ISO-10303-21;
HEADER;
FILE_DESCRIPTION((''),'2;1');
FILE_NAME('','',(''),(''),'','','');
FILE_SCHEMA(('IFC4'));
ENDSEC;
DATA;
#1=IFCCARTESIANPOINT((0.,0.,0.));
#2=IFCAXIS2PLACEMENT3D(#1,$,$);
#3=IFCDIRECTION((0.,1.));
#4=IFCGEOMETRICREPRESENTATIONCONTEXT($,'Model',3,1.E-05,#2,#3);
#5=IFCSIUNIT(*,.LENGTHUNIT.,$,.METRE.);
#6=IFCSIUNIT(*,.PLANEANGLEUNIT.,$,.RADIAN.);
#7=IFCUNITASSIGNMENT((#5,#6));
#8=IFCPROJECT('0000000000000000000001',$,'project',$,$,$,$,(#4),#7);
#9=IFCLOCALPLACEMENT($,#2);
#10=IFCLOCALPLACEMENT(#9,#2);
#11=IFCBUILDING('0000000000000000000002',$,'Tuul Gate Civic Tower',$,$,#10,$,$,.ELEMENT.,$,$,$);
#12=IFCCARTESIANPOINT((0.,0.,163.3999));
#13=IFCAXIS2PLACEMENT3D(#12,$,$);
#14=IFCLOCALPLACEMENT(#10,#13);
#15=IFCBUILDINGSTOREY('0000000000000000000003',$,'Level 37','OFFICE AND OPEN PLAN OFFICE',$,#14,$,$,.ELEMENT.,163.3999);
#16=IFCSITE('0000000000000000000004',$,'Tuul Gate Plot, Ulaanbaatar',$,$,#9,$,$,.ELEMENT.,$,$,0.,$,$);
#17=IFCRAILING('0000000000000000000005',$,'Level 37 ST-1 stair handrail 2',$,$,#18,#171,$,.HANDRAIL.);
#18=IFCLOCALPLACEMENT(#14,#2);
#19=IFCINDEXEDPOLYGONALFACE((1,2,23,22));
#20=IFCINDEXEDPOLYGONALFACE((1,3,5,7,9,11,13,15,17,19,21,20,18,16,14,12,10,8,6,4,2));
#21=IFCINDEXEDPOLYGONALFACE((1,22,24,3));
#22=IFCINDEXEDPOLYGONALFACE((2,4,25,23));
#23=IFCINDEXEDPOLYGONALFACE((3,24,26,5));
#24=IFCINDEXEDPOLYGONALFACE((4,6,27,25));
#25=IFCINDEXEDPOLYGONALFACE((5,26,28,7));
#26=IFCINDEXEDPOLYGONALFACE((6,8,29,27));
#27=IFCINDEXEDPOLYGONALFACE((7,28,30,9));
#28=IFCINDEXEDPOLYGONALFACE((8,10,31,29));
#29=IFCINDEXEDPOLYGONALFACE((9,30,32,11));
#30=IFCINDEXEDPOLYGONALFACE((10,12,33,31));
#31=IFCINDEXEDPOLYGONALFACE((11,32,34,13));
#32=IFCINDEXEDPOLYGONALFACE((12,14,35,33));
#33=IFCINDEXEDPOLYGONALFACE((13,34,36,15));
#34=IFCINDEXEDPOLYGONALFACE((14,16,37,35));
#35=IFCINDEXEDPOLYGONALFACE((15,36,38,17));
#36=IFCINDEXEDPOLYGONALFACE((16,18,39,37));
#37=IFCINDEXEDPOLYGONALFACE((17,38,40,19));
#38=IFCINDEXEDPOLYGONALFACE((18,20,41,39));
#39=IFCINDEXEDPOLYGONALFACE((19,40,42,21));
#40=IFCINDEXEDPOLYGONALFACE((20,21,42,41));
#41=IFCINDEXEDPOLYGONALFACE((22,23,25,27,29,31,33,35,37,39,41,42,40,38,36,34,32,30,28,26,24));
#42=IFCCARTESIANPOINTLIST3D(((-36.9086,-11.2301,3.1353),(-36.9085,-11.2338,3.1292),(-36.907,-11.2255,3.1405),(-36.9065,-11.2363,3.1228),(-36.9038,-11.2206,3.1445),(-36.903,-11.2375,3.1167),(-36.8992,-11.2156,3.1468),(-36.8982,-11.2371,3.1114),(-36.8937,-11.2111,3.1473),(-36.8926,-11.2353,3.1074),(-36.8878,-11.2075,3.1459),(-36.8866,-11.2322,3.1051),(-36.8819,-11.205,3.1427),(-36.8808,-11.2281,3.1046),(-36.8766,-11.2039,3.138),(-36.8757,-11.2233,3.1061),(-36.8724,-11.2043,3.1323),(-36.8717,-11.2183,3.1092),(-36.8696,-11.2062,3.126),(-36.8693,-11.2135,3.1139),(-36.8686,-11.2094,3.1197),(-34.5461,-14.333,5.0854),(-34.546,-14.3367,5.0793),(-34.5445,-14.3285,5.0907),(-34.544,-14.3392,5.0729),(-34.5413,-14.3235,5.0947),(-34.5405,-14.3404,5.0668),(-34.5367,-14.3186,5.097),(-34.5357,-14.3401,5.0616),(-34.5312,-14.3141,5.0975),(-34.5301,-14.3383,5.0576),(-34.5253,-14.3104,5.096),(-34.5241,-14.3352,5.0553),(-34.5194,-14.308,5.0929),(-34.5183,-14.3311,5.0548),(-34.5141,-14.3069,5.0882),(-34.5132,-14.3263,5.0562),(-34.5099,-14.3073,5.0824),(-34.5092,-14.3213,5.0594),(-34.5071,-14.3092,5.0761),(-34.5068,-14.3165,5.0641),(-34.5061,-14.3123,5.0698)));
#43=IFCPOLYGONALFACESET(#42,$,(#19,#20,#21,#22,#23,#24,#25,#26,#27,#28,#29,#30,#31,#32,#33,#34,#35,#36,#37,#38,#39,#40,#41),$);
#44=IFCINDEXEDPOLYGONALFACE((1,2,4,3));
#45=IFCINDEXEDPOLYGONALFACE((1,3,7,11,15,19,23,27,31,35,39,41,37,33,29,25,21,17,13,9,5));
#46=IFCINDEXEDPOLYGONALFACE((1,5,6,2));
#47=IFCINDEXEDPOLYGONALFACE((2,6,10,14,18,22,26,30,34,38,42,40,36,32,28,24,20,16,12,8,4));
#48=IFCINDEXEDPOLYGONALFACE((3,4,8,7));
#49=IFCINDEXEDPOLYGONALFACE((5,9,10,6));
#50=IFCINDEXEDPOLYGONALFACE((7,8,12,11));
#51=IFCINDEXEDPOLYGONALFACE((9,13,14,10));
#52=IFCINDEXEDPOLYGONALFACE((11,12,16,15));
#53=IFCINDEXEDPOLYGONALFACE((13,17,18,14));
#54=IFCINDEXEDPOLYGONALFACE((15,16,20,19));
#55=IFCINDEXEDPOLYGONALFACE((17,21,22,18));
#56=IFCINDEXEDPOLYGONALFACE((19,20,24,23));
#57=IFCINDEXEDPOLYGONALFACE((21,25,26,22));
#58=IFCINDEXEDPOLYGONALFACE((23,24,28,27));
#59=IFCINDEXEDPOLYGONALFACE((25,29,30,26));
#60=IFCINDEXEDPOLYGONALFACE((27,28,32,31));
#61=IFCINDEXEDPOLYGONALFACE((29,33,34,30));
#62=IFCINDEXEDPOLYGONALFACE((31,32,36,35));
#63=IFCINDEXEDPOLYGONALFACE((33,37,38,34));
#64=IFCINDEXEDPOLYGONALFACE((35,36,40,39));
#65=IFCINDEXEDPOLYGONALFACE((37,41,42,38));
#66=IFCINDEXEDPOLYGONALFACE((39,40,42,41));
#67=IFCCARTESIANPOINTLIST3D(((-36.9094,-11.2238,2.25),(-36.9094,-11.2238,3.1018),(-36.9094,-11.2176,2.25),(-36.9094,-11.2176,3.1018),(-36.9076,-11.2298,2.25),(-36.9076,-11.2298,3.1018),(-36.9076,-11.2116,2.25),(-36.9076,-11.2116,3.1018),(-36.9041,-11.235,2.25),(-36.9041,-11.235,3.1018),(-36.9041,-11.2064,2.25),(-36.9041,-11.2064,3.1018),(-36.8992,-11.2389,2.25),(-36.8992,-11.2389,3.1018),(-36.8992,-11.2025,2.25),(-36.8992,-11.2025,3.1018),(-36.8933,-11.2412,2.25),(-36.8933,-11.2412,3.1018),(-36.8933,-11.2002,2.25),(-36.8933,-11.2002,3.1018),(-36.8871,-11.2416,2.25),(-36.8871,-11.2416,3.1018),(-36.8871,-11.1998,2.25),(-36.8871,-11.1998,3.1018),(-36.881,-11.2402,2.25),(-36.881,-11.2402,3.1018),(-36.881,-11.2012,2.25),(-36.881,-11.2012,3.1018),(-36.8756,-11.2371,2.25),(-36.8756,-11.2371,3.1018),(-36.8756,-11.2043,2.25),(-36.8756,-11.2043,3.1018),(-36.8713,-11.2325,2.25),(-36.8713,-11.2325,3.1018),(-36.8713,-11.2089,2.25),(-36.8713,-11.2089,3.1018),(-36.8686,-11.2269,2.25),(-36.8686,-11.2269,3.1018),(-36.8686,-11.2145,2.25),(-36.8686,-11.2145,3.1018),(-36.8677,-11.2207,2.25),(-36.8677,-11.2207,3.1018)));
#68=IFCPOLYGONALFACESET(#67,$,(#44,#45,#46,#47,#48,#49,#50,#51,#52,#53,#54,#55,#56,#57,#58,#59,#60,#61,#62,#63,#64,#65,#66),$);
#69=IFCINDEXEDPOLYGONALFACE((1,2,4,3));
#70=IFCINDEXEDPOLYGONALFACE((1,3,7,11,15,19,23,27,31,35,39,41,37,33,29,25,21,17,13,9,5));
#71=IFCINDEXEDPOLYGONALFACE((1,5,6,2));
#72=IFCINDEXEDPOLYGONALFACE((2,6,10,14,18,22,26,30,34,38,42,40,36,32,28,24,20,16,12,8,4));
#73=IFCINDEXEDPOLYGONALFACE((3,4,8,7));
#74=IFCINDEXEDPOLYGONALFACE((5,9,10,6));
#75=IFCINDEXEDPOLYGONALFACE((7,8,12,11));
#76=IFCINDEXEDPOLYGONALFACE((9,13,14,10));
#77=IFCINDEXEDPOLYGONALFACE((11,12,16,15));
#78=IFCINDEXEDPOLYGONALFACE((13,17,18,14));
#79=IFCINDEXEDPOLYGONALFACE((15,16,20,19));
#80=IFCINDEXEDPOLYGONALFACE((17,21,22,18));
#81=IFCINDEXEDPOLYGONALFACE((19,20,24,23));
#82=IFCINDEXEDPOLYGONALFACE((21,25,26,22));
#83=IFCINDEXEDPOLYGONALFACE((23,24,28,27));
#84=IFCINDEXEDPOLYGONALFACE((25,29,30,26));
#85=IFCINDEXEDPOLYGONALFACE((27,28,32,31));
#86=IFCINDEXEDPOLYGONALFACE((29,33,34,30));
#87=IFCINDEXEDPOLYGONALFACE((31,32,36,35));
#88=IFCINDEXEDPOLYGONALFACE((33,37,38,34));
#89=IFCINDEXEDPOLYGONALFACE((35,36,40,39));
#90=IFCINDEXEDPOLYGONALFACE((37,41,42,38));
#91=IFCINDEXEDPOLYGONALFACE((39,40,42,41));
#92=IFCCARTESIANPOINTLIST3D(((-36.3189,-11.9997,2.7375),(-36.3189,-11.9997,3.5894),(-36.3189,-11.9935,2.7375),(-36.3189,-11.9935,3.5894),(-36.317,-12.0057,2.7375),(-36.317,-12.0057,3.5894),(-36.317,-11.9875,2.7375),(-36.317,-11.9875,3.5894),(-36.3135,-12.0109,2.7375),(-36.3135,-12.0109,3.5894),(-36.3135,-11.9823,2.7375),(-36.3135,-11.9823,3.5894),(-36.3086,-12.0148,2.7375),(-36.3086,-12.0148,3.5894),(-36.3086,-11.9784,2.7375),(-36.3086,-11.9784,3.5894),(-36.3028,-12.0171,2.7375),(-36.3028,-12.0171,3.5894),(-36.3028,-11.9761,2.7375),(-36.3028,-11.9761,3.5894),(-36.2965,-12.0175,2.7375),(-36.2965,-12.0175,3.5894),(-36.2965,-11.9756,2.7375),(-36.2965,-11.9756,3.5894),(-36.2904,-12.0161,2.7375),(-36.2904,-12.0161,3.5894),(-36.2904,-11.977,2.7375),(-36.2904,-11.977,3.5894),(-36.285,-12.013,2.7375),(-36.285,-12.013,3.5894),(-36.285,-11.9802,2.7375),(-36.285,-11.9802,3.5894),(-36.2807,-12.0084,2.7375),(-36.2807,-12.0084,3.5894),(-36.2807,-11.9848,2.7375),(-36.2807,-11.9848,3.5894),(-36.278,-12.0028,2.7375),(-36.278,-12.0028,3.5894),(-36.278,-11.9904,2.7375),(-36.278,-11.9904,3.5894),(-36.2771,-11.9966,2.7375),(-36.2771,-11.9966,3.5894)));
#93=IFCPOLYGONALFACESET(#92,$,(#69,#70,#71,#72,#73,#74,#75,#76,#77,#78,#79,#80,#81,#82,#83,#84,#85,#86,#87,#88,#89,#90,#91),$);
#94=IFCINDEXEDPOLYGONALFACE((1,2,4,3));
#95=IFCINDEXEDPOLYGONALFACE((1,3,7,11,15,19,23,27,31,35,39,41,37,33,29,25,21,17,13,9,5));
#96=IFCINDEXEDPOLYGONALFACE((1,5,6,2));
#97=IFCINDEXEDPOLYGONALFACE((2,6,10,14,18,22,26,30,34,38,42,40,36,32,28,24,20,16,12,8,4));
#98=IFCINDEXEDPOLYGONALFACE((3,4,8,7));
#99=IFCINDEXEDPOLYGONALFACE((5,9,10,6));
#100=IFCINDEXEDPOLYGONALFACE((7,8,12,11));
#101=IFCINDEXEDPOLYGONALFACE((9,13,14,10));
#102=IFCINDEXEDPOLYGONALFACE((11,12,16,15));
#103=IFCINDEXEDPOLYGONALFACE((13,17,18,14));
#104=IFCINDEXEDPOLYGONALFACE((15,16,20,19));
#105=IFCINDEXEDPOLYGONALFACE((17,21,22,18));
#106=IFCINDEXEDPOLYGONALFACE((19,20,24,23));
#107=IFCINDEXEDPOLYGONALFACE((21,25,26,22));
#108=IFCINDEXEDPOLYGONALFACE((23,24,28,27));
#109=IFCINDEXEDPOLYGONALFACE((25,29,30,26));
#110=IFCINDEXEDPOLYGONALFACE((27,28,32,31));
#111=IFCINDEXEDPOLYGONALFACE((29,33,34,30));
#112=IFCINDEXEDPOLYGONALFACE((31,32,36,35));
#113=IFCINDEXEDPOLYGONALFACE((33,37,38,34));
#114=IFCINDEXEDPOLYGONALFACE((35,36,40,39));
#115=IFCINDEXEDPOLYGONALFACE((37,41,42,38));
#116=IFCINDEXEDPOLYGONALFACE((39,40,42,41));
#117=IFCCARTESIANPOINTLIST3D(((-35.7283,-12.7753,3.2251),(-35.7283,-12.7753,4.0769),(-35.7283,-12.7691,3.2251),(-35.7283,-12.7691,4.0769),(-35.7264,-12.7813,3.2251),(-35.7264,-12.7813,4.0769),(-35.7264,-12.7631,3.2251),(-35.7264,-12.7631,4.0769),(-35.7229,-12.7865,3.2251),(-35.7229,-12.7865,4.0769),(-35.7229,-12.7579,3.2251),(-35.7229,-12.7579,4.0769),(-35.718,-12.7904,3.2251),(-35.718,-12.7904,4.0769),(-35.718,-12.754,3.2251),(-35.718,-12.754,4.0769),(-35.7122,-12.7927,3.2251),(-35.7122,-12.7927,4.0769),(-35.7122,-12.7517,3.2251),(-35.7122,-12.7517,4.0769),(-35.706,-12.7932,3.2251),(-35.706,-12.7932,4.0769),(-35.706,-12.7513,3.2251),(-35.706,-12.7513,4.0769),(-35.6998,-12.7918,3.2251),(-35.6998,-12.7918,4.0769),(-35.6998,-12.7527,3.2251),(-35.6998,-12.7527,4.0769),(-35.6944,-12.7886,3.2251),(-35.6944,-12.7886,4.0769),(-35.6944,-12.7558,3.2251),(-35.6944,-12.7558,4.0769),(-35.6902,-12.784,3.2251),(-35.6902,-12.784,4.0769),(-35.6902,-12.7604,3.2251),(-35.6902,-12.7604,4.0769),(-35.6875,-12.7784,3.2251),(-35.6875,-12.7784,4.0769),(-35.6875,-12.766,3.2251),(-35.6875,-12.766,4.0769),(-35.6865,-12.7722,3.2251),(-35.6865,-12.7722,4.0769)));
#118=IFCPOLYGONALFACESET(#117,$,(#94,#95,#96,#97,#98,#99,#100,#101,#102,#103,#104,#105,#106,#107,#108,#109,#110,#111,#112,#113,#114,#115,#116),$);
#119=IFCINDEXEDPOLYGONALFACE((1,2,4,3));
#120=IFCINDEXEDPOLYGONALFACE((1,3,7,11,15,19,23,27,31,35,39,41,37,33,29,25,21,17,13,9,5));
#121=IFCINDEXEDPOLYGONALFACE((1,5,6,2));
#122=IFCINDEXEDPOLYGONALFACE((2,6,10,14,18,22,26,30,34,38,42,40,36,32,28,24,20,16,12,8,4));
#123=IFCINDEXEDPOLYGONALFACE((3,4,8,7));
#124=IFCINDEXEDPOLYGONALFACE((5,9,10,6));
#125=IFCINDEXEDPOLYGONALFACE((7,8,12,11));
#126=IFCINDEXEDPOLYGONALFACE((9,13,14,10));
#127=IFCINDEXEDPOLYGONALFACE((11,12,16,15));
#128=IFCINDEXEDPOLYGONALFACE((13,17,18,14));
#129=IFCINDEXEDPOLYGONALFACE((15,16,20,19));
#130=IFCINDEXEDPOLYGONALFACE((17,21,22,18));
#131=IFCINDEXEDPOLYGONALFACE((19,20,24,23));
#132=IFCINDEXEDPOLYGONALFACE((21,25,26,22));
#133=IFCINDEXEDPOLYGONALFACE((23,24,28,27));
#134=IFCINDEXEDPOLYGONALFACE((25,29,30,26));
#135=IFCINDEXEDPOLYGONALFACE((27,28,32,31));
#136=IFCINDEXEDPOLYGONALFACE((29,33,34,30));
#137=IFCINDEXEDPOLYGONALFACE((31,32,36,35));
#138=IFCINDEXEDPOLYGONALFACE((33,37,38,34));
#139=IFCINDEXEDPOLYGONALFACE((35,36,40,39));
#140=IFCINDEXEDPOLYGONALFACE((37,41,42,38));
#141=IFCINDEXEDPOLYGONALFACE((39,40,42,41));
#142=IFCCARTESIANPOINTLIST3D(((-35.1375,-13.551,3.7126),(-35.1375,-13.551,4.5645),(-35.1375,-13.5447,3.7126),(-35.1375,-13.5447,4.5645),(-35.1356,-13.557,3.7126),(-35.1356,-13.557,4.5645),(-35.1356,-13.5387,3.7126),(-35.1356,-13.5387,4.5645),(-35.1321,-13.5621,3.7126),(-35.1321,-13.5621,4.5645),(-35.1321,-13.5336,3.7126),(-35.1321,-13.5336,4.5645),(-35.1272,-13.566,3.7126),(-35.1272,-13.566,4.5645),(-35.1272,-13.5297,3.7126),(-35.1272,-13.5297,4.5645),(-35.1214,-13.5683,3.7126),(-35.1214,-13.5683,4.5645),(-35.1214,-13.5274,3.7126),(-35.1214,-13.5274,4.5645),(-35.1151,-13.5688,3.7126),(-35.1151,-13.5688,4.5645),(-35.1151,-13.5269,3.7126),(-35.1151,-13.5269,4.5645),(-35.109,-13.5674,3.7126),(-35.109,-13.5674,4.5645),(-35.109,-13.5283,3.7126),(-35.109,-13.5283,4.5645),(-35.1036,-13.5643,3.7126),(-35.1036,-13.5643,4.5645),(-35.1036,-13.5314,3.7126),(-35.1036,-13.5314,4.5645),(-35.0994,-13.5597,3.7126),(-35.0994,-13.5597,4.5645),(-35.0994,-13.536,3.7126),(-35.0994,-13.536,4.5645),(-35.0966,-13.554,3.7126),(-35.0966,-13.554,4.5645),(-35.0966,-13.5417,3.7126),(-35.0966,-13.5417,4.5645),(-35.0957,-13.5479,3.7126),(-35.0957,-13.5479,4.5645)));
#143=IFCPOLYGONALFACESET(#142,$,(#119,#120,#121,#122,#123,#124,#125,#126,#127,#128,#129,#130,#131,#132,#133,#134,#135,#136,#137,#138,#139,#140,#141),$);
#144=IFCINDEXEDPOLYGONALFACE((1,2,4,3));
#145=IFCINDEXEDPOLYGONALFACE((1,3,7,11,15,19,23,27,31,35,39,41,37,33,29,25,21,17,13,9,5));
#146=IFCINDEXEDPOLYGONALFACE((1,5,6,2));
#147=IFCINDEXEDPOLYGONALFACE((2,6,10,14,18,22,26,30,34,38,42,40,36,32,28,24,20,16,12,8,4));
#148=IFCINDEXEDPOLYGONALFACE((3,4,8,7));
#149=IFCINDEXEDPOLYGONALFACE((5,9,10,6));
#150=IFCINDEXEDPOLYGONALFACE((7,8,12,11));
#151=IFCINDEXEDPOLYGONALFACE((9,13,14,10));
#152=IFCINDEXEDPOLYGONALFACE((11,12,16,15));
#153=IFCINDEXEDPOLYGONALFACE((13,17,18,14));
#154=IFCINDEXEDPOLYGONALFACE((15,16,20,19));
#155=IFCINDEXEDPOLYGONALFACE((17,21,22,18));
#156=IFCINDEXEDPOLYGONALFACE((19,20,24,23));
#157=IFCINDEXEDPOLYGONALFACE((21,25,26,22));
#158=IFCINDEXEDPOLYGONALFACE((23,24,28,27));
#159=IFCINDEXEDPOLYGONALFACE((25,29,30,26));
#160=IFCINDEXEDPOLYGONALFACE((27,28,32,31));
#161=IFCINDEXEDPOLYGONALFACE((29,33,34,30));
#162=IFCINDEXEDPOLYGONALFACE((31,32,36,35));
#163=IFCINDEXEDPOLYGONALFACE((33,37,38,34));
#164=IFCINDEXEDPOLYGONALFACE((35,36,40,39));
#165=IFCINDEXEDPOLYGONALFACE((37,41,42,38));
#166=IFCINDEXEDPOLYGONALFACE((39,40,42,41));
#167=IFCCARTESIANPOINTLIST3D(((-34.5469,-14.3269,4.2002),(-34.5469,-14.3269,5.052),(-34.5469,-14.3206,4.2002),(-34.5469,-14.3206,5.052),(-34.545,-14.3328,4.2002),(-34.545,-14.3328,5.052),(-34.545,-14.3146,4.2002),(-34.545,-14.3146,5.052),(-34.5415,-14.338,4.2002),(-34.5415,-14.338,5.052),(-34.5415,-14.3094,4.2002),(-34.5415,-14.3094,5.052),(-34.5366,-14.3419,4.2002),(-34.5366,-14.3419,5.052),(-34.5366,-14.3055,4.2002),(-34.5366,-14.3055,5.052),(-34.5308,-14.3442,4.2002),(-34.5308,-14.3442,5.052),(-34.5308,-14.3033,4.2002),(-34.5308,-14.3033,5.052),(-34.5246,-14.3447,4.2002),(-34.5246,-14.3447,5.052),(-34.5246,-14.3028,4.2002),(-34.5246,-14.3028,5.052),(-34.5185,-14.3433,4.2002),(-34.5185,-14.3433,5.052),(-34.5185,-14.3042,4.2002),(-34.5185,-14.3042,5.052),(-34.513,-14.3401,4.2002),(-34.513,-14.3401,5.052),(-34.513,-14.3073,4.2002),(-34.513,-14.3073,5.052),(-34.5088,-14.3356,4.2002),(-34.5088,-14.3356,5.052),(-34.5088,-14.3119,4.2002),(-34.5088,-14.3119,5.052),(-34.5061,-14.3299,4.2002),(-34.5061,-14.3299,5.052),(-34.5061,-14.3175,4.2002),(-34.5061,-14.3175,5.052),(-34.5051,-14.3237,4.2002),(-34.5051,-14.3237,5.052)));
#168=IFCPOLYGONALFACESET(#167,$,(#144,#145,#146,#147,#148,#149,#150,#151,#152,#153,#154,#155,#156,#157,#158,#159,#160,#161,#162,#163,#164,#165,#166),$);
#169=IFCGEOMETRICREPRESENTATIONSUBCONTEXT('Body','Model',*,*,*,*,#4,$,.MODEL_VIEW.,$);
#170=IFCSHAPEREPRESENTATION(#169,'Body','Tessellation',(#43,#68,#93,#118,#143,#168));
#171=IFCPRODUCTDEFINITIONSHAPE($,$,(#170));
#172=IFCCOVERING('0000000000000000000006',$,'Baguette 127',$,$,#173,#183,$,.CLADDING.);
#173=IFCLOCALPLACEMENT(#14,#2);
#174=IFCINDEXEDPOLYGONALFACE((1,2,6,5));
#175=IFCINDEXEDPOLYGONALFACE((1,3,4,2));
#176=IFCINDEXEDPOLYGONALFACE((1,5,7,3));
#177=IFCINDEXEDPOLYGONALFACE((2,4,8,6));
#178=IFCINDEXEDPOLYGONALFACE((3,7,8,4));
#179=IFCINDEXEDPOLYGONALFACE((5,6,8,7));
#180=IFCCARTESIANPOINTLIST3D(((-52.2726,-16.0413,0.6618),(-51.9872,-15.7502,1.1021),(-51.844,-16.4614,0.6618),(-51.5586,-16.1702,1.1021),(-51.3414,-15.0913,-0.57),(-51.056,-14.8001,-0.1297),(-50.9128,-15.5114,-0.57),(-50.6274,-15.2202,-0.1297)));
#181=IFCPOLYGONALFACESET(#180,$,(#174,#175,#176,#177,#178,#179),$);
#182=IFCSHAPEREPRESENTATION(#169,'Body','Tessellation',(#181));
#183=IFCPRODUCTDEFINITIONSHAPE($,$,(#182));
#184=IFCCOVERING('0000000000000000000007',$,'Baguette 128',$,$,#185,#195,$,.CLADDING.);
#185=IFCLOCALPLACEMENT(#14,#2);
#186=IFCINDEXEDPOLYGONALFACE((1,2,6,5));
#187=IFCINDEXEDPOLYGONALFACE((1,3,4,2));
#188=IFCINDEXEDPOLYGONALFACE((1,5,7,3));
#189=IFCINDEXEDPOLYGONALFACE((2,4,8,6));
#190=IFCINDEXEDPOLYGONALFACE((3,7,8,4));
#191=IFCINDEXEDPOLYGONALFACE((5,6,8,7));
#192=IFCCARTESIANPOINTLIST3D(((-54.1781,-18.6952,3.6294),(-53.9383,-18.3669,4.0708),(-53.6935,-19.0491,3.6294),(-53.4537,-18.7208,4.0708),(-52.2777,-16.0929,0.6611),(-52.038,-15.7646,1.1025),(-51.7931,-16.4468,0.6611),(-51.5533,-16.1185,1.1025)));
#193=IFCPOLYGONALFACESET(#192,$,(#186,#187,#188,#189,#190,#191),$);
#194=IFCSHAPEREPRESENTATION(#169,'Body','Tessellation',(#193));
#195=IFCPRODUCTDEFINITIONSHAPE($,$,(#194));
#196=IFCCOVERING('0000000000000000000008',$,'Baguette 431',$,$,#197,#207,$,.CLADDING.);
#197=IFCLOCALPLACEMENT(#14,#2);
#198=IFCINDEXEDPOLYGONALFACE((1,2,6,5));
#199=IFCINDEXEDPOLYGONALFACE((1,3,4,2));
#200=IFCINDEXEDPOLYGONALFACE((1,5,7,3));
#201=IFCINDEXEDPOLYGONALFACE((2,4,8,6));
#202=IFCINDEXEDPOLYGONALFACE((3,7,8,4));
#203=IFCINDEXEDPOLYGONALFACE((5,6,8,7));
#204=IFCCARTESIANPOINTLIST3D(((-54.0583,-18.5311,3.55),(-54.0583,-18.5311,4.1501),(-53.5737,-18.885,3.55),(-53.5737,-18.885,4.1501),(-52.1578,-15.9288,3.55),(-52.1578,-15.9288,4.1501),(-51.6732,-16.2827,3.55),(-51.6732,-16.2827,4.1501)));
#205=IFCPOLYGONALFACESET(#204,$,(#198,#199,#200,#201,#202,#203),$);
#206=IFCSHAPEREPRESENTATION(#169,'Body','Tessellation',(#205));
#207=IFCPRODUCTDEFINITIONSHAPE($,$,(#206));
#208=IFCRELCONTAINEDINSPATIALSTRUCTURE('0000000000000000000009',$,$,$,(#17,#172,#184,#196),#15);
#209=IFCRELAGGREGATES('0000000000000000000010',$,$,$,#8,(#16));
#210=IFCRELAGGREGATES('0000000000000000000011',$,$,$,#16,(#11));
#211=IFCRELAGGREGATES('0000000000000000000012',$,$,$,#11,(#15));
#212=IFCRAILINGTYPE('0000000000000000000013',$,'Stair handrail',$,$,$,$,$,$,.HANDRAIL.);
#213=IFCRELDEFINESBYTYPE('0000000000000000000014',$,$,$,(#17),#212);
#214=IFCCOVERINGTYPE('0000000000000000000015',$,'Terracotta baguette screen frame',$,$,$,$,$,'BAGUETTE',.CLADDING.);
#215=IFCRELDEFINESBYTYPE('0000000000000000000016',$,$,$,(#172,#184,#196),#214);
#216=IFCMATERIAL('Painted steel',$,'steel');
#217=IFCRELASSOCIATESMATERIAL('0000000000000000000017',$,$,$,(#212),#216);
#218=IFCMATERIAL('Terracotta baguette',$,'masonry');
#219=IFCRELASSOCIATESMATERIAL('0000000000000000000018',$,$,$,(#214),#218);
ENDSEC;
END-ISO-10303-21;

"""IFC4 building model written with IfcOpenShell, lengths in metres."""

from ifc_helpers import new_model, si_unit, direction, frame, origin, origin_2d, place, context, subcontext, project, spatial, rectangle, circle, extrude, material, material_profile, profile_set, type_object, element, save


model = new_model("IFC4")

# Units and contexts
model_context = context("Model", 3, precision=1e-05, world=origin(), true_north=direction((0.0, 1.0)))
body_context = subcontext(model_context, "Body", "Model", "MODEL_VIEW")
ifc_project = project(units=[si_unit("LENGTHUNIT", "METRE"), si_unit("PLANEANGLEUNIT", "RADIAN")], contexts=[model_context])

# Site, building, storey
site_placement = place(None, origin())
site = spatial("IfcSite", under=ifc_project, at=site_placement, Name="Tuul Gate Plot, Ulaanbaatar", CompositionType="ELEMENT", RefElevation=0.0)
building_placement = place(site_placement, origin())
building = spatial("IfcBuilding", under=site, at=building_placement, Name="Tuul Gate Civic Tower", CompositionType="ELEMENT")
storey_placement = place(building_placement, frame((0.0, 0.0, 163.3999)))
storey = spatial("IfcBuildingStorey", under=building, at=storey_placement, Name="Level 37", Description="OFFICE AND OPEN PLAN OFFICE", CompositionType="ELEMENT", Elevation=163.3999)

# Railing
ifc_material_1 = material(Name="Painted steel", Category="steel")
railing_type_1 = type_object("IfcRailingType", Name="Stair handrail", PredefinedType="HANDRAIL", material=ifc_material_1)
railing_1_placement = place(storey_placement, frame((-36.8887, -11.2207, 2.25)))
element("IfcRailing", 1, at=railing_1_placement, inside=storey, type_object=railing_type_1, Name="Level 37 ST-1 stair handrail 2", PredefinedType="HANDRAIL", context=body_context, shape_type="SweptSolid", body=[
    extrude(circle(Radius=0.0239, at=origin_2d()), frame((0.0, 0.0, 0.876), z_axis=(0.541811, -0.711627, 0.447245), x_axis=(0.795637, 0.605773, 0.0)), (0.0, 0.0, 1.0), 4.3604),
    extrude(circle(Radius=0.021, at=origin_2d()), origin(), (0.0, 0.0, 1.0), 0.8518),
    extrude(circle(Radius=0.021, at=origin_2d()), frame((0.5906, -0.7759, 0.4875)), (0.0, 0.0, 1.0), 0.8518),
    extrude(circle(Radius=0.021, at=origin_2d()), frame((1.1812, -1.5515, 0.9751)), (0.0, 0.0, 1.0), 0.8518),
    extrude(circle(Radius=0.021, at=origin_2d()), frame((1.772, -2.3271, 1.4626)), (0.0, 0.0, 1.0), 0.8518),
    extrude(circle(Radius=0.021, at=origin_2d()), frame((2.3625, -3.103, 1.9502)), (0.0, 0.0, 1.0), 0.8518),
])

# Coverings
ifc_material_2 = material(Name="Terracotta baguette", Category="masonry")
ifc_material_profile_1 = material_profile(ifc_material_2, rectangle(XDim=0.6001, YDim=0.6001, at=origin_2d()), Name="Terracotta baguette screen frame")
ifc_profile_set_1 = profile_set([ifc_material_profile_1], Name="Terracotta baguette")
covering_type = type_object("IfcCoveringType", Name="Terracotta baguette screen frame", ElementType="BAGUETTE", PredefinedType="CLADDING", material=ifc_profile_set_1)
covering_1_placement = place(storey_placement, frame((-50.9844, -15.1558, -0.3499), z_axis=(-0.513633, -0.524003, 0.679413), x_axis=(0.714138, -0.700005, 0.0)))
element("IfcCovering", 2, at=covering_1_placement, inside=storey, type_object=covering_type, Name="Baguette 127", PredefinedType="CLADDING", context=body_context, shape_type="SweptSolid", body=[
    extrude(rectangle(XDim=0.6001, YDim=0.6001, at=origin_2d()), origin(), (0.0, 0.0, 1.0), 1.813),
])
covering_2_placement = place(storey_placement, frame((-51.9155, -16.1057, 0.8818), z_axis=(-0.433771, -0.593983, 0.677516), x_axis=(0.807581, -0.589756, 0.0)))
element("IfcCovering", 3, at=covering_2_placement, inside=storey, type_object=covering_type, Name="Baguette 128", PredefinedType="CLADDING", context=body_context, shape_type="SweptSolid", body=[
    extrude(rectangle(XDim=0.6001, YDim=0.6001, at=origin_2d()), origin(), (0.0, 0.0, 1.0), 4.3811),
])
covering_3_placement = place(storey_placement, frame((-51.9155, -16.1057, 3.8501), z_axis=(-0.589756, -0.807581, 0.0), x_axis=(0.807581, -0.589756, 0.0)))
element("IfcCovering", 4, at=covering_3_placement, inside=storey, type_object=covering_type, Name="Baguette 431", PredefinedType="CLADDING", context=body_context, shape_type="SweptSolid", body=[
    extrude(rectangle(XDim=0.6001, YDim=0.6001, at=origin_2d()), origin(), (0.0, 0.0, 1.0), 3.2224),
])

save(model, "model.ifc")
